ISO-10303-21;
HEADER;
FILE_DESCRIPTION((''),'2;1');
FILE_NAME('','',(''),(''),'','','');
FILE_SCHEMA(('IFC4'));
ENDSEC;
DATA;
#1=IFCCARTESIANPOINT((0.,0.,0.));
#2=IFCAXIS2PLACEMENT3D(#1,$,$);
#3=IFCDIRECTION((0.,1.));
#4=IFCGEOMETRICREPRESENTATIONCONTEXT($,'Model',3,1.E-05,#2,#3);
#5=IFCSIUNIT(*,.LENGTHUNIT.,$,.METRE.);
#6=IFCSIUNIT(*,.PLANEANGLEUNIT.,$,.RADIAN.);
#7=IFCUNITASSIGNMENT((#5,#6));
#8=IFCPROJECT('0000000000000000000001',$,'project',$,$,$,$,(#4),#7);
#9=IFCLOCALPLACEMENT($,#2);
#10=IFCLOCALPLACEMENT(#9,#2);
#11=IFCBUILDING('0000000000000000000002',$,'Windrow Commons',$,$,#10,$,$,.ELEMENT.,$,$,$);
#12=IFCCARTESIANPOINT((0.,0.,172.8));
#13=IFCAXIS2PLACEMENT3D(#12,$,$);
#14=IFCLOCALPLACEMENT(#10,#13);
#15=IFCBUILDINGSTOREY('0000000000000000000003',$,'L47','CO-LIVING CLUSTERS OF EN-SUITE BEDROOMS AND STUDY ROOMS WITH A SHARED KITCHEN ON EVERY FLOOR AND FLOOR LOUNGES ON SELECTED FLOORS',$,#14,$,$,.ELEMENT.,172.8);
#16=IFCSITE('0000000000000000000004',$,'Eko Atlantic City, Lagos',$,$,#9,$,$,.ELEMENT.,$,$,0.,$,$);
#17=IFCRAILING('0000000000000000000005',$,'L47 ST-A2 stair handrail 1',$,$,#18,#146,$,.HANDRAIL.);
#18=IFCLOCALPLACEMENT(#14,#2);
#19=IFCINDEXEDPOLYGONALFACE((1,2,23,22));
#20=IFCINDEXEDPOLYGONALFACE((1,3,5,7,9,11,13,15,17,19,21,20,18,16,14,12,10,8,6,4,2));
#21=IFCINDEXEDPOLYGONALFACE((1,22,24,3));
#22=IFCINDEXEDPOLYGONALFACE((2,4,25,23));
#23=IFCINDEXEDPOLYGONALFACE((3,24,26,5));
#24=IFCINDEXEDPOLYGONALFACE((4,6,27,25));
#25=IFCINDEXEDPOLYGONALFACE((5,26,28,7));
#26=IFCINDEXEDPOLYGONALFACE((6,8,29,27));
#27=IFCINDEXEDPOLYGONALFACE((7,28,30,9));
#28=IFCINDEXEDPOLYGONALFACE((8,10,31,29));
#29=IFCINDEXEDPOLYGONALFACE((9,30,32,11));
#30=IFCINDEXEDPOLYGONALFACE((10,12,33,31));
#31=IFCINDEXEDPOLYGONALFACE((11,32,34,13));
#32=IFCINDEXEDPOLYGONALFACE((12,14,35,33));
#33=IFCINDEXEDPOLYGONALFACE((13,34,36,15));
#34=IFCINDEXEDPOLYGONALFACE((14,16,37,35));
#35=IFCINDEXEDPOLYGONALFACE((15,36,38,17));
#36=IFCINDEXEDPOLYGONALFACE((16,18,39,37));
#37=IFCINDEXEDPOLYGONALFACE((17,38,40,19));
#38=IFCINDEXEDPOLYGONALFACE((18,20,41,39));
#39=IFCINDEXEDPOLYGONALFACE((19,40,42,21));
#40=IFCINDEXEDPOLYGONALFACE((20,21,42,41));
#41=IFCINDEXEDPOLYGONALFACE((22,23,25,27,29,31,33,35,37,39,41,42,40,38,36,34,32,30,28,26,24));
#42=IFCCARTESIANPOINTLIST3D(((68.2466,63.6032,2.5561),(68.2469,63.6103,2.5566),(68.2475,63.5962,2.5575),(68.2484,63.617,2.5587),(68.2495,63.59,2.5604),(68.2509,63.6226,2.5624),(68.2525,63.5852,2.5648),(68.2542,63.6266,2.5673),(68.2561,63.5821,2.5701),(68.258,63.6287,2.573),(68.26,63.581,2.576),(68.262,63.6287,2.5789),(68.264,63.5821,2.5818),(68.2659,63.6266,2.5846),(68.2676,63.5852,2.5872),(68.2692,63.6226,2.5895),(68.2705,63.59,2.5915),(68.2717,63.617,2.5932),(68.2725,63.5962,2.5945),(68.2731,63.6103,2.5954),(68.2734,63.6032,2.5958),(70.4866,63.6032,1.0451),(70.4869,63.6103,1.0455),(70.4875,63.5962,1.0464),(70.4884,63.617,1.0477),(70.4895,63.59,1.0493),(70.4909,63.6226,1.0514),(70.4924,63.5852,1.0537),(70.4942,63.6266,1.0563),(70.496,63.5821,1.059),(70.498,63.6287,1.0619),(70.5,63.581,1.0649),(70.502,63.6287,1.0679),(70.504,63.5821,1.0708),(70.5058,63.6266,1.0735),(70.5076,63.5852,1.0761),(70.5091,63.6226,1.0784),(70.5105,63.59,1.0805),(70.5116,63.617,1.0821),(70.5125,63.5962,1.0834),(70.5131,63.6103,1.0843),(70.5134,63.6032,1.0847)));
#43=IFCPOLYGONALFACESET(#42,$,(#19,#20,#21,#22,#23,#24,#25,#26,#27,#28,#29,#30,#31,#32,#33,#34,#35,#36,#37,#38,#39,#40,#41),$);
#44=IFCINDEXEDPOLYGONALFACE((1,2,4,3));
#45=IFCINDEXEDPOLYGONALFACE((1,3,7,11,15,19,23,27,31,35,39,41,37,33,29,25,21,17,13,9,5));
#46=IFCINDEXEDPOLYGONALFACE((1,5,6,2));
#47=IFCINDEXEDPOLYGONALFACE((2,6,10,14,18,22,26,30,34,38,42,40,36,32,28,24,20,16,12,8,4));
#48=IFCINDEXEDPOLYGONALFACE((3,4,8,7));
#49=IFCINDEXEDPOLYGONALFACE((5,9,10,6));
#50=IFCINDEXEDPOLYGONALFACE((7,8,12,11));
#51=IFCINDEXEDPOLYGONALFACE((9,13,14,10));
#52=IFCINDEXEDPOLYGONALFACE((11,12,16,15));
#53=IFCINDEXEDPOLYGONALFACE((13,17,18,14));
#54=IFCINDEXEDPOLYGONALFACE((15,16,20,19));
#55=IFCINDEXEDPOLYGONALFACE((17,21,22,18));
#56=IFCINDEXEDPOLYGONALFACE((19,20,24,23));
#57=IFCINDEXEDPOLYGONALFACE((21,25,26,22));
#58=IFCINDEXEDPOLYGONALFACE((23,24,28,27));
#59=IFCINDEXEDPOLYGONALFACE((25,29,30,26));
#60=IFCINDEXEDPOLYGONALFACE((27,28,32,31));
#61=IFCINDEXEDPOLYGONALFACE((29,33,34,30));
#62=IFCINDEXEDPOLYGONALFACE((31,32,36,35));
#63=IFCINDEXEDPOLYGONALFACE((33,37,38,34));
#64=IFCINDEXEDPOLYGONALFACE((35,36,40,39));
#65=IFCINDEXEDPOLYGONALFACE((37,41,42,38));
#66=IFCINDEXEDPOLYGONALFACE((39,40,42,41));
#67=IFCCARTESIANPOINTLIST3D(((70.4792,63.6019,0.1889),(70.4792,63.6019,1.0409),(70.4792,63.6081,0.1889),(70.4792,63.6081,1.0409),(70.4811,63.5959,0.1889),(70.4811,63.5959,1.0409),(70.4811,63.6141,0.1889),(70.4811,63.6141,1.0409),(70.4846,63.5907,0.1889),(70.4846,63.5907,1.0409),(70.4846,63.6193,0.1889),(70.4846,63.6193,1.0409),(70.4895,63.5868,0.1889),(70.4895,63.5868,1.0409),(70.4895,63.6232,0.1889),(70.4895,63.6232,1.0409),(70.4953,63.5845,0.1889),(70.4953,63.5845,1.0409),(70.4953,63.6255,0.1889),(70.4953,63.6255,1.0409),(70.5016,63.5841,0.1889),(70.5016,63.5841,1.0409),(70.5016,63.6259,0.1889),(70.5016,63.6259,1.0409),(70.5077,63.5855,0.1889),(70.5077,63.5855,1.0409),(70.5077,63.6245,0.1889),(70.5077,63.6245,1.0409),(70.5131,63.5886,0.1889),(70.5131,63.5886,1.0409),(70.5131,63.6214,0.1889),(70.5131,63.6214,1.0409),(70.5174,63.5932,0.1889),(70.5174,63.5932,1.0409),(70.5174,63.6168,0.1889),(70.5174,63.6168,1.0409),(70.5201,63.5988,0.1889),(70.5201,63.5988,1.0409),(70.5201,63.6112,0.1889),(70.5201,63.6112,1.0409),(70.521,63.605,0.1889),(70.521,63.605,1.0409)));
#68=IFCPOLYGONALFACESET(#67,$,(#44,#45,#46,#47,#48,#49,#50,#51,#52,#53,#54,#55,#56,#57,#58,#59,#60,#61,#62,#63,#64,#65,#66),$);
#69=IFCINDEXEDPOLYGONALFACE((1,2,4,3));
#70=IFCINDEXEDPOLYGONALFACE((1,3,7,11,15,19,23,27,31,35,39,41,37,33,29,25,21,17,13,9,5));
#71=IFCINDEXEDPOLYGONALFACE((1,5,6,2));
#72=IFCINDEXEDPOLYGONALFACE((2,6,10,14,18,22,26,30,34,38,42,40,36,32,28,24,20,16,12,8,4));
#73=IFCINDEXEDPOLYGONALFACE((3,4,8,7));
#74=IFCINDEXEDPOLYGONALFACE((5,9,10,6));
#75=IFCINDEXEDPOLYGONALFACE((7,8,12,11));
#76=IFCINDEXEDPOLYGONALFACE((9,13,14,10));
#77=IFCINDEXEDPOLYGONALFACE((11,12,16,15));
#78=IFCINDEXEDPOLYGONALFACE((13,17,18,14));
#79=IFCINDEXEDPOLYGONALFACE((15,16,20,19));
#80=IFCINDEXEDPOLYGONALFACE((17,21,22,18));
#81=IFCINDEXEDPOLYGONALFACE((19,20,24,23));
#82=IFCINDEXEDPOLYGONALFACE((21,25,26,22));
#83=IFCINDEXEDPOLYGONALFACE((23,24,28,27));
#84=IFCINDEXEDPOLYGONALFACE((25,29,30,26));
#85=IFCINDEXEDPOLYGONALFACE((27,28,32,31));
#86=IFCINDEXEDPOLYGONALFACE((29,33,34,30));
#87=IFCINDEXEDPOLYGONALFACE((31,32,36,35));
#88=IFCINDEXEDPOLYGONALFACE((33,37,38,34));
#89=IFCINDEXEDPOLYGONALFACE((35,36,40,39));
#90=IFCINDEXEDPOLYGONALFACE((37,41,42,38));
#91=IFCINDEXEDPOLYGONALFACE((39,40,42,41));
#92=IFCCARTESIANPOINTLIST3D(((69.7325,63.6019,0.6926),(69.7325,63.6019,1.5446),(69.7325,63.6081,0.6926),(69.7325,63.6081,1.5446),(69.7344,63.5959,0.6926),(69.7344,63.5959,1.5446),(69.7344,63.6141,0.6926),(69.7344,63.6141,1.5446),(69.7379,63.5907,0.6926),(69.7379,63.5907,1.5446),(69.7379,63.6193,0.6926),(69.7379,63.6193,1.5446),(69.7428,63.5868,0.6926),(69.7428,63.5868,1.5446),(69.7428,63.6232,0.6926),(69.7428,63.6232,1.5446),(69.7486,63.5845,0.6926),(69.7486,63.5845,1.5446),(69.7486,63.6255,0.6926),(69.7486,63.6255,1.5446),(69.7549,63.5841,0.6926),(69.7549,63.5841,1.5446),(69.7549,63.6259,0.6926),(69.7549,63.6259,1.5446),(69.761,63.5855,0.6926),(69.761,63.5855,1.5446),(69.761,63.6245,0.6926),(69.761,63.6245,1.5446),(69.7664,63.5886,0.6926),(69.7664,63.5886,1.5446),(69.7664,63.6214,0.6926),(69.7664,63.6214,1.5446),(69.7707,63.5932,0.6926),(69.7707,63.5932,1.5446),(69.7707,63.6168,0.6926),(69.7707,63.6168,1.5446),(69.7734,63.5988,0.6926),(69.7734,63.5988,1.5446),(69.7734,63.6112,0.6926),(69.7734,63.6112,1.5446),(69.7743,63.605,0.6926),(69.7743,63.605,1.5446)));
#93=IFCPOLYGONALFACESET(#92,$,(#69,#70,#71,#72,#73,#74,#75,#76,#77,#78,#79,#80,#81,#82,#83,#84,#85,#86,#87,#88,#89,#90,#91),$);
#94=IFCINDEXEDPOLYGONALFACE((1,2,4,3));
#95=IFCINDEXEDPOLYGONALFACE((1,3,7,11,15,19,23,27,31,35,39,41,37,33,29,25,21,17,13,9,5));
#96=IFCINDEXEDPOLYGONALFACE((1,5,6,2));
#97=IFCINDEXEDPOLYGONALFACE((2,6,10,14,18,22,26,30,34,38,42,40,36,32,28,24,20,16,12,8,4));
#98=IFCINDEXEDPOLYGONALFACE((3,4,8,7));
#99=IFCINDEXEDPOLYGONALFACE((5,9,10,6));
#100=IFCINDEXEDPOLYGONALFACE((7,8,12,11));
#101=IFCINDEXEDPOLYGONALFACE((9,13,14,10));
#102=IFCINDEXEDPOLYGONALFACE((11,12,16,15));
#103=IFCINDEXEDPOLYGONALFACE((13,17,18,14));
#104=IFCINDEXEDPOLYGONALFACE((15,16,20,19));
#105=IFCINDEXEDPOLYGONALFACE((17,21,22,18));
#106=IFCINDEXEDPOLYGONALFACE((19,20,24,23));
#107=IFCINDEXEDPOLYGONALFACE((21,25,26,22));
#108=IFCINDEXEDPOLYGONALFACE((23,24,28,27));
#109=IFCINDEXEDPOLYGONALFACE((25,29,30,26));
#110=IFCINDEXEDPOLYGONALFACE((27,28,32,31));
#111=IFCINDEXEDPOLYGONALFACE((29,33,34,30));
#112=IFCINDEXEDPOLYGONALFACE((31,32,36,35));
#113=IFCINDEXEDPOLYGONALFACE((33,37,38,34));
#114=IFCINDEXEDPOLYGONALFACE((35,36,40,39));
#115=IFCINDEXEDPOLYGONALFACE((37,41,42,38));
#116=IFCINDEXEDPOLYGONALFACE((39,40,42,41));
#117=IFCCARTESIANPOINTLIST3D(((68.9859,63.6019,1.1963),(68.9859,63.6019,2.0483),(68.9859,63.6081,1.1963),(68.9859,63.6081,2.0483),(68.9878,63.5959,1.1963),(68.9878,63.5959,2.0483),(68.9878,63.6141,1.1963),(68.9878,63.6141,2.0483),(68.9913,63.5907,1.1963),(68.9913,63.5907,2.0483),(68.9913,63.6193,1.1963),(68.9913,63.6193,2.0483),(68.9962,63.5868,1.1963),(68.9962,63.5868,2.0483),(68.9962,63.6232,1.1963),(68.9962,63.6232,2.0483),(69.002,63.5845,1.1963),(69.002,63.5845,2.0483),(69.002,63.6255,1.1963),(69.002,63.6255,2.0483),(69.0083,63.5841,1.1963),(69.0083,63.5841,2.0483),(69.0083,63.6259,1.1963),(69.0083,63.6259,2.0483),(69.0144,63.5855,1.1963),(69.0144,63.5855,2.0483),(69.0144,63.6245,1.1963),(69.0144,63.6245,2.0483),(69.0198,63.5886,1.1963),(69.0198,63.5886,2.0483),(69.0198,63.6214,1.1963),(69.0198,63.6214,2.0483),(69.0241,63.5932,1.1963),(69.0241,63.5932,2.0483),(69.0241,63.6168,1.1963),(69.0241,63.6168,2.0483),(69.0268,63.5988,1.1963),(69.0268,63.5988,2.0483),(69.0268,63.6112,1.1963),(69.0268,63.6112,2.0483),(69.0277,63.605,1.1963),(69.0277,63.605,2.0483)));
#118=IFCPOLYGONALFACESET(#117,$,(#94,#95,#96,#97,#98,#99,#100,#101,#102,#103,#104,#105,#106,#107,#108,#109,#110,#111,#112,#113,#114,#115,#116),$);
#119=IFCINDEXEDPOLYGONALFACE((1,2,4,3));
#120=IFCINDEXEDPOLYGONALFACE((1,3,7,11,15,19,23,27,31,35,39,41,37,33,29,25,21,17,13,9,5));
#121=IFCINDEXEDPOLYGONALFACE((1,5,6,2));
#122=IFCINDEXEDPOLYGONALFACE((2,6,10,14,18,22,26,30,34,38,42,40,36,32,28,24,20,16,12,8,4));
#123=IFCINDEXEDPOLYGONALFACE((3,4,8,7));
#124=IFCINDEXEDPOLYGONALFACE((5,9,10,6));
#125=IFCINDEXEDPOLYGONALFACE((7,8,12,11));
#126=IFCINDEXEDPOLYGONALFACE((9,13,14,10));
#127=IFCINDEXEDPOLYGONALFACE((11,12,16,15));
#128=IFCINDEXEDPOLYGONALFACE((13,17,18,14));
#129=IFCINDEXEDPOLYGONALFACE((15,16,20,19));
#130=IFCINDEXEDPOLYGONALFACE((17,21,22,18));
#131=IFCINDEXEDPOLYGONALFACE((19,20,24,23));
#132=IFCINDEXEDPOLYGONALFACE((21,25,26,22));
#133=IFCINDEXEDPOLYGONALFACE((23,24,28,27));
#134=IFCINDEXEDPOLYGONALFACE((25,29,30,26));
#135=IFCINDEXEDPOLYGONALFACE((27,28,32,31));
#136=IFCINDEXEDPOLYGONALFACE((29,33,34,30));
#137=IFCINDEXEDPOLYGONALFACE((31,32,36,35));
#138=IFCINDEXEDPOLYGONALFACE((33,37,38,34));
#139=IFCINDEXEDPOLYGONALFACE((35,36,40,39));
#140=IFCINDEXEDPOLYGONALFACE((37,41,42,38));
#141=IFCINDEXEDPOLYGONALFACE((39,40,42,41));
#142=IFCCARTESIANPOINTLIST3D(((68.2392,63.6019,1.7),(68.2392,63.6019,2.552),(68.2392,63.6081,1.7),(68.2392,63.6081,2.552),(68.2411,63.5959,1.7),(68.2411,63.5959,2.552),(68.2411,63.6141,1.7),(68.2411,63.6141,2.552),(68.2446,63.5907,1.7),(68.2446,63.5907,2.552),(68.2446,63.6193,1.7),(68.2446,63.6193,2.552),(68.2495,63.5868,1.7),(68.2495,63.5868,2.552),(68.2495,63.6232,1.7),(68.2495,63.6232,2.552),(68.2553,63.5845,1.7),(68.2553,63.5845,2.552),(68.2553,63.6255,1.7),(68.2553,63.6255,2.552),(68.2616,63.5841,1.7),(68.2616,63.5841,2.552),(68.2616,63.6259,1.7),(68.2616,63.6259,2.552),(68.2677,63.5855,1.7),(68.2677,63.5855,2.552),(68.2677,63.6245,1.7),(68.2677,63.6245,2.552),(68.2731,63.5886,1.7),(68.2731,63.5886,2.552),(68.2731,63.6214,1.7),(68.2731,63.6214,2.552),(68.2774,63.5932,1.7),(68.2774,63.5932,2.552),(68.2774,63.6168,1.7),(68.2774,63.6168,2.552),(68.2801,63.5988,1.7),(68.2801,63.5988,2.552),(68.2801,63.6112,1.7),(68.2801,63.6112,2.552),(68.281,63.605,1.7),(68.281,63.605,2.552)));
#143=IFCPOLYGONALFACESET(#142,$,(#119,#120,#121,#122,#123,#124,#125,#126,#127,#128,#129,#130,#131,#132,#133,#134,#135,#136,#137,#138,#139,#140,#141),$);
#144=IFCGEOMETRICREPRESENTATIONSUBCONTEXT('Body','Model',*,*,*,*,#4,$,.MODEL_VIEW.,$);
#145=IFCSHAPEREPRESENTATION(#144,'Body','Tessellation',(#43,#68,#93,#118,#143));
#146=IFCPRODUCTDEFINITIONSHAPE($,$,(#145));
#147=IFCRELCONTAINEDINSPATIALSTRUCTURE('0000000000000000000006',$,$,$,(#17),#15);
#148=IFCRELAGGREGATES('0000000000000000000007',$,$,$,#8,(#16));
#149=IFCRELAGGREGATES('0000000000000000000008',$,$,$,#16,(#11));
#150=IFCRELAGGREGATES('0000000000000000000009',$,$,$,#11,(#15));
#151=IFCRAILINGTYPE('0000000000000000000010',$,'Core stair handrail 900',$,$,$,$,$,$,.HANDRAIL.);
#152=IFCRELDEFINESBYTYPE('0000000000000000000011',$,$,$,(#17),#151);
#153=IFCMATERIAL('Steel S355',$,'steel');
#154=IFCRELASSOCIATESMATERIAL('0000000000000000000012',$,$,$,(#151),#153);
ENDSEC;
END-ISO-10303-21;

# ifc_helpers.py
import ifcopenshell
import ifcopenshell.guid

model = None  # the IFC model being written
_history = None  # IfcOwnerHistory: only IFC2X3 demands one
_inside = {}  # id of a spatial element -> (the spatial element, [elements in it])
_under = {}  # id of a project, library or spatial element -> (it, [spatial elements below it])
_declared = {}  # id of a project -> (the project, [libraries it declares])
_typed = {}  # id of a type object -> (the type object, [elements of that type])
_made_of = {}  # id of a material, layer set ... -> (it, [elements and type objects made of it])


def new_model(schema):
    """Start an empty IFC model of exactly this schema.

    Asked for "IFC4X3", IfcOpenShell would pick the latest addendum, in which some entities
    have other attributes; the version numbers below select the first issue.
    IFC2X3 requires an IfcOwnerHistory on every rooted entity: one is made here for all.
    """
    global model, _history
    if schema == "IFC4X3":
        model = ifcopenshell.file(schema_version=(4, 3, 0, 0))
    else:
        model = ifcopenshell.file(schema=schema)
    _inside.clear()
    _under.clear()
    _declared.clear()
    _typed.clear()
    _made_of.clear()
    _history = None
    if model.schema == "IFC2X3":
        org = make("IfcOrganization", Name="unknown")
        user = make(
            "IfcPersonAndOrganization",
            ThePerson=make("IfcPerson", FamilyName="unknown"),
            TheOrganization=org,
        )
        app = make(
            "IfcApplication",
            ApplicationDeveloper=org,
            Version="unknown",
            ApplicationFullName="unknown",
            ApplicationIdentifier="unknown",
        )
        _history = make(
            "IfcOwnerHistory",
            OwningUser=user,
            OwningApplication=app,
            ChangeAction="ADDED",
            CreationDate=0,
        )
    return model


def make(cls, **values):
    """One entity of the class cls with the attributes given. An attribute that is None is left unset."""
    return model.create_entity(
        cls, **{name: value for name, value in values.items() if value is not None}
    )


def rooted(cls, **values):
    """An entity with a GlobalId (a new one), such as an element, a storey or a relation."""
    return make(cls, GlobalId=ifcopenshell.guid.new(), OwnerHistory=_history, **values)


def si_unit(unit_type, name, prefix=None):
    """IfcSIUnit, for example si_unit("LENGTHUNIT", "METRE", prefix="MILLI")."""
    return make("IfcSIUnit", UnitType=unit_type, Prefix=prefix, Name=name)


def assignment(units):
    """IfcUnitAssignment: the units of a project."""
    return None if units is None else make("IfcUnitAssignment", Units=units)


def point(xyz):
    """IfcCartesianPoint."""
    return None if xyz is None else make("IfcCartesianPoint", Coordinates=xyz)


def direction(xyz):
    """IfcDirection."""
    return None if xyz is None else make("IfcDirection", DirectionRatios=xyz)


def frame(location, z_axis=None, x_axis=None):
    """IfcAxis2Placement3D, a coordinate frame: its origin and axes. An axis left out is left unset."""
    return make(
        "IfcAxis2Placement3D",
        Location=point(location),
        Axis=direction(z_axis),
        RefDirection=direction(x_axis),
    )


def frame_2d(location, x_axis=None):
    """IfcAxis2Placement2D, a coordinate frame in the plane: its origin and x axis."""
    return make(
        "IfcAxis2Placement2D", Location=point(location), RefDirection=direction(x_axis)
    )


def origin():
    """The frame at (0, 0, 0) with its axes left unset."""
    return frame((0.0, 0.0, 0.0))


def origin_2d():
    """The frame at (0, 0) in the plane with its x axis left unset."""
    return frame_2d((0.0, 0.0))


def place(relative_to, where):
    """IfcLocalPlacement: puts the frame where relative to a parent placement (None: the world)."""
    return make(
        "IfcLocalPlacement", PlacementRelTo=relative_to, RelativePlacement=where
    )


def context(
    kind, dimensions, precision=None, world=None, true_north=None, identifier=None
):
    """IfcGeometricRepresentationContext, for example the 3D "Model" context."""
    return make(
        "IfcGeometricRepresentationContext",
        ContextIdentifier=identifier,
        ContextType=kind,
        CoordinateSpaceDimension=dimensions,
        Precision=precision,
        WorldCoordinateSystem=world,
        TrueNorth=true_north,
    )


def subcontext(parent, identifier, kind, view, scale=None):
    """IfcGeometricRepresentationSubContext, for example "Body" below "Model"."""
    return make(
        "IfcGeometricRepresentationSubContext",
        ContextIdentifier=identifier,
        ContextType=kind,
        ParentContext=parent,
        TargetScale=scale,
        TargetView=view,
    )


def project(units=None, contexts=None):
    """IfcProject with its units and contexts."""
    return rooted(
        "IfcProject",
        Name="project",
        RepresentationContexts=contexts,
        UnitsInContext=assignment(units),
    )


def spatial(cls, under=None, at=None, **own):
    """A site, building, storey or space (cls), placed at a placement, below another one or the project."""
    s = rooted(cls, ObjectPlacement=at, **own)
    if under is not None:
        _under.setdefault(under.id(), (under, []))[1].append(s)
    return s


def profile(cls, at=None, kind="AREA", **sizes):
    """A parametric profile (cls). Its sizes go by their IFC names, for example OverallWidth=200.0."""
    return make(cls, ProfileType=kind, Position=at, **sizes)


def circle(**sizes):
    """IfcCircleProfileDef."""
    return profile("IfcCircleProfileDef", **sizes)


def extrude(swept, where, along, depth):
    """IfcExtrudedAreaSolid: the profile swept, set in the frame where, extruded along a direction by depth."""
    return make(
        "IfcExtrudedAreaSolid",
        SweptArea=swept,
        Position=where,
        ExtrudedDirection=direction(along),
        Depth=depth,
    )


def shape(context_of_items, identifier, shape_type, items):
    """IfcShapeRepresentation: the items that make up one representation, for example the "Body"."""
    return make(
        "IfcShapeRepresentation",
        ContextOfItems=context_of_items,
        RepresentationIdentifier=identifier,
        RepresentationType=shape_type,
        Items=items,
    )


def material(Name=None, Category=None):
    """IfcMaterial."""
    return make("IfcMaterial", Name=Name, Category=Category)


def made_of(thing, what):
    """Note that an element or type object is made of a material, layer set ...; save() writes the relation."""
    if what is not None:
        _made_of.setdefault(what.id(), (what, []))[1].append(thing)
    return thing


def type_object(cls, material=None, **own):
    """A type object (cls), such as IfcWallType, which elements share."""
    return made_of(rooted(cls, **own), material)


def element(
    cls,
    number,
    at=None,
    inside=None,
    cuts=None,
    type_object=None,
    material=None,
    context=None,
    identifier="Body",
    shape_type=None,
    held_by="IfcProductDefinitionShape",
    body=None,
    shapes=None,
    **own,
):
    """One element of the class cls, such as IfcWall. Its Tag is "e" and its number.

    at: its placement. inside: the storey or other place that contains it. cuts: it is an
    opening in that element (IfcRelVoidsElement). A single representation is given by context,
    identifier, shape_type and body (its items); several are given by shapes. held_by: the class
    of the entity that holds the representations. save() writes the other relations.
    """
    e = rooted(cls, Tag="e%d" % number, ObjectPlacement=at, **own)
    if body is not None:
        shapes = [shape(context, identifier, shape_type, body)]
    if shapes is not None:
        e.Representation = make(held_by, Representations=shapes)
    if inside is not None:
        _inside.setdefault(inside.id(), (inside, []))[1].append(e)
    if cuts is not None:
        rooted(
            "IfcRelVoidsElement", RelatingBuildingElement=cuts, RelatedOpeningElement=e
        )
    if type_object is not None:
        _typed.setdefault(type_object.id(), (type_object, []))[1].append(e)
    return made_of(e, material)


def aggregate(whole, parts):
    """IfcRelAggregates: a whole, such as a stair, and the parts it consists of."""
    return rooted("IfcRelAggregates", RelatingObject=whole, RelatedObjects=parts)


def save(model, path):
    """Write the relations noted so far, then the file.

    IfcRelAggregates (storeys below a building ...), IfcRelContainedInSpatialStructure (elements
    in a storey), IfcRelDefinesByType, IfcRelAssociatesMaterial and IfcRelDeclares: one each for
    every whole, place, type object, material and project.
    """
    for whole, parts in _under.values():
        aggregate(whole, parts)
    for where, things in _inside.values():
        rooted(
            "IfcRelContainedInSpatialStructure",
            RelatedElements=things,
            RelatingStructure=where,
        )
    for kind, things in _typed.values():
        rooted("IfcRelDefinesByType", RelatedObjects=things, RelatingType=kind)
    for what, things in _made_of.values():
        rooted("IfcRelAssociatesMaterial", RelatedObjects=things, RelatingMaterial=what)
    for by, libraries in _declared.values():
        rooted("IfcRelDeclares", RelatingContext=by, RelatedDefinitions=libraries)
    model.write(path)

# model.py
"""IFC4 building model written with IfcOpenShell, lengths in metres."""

from ifc_helpers import new_model, si_unit, direction, frame, origin, origin_2d, place, context, subcontext, project, spatial, circle, extrude, material, type_object, element, save


model = new_model("IFC4")

# Units and contexts
model_context = context("Model", 3, precision=1e-05, world=origin(), true_north=direction((0.0, 1.0)))
body_context = subcontext(model_context, "Body", "Model", "MODEL_VIEW")
ifc_project = project(units=[si_unit("LENGTHUNIT", "METRE"), si_unit("PLANEANGLEUNIT", "RADIAN")], contexts=[model_context])

# Site, building, storey
site_placement = place(None, origin())
site = spatial("IfcSite", under=ifc_project, at=site_placement, Name="Eko Atlantic City, Lagos", CompositionType="ELEMENT", RefElevation=0.0)
building_placement = place(site_placement, origin())
building = spatial("IfcBuilding", under=site, at=building_placement, Name="Windrow Commons", CompositionType="ELEMENT")
storey_placement = place(building_placement, frame((0.0, 0.0, 172.8)))
storey = spatial("IfcBuildingStorey", under=building, at=storey_placement, Name="L47", Description="CO-LIVING CLUSTERS OF EN-SUITE BEDROOMS AND STUDY ROOMS WITH A SHARED KITCHEN ON EVERY FLOOR AND FLOOR LOUNGES ON SELECTED FLOORS", CompositionType="ELEMENT", Elevation=172.8)

# Railing
ifc_material_1 = material(Name="Steel S355", Category="steel")
railing_type_1 = type_object("IfcRailingType", Name="Core stair handrail 900", PredefinedType="HANDRAIL", material=ifc_material_1)
for number, where, name in (
    (1, (70.5, 63.605, 0.1889), "L47 ST-A2 stair handrail 1"),
):
    element("IfcRailing", number, at=place(storey_placement, frame(where)), inside=storey, type_object=railing_type_1, Name=name, PredefinedType="HANDRAIL", context=body_context, shape_type="SweptSolid", body=[
        extrude(circle(Radius=0.024, at=origin_2d()), frame((0.0, 0.0, 0.876), z_axis=(-0.829003, 0.0, 0.559244), x_axis=(0.0, -1.0, 0.0)), (0.0, 0.0, 1.0), 2.702),
        extrude(circle(Radius=0.021, at=origin_2d()), origin(), (0.0, 0.0, 1.0), 0.852),
        extrude(circle(Radius=0.021, at=origin_2d()), frame((-0.7467, 0.0, 0.5037)), (0.0, 0.0, 1.0), 0.852),
        extrude(circle(Radius=0.021, at=origin_2d()), frame((-1.4933, 0.0, 1.0074)), (0.0, 0.0, 1.0), 0.852),
        extrude(circle(Radius=0.021, at=origin_2d()), frame((-2.24, 0.0, 1.5111)), (0.0, 0.0, 1.0), 0.852),
    ])

save(model, "model.ifc")
